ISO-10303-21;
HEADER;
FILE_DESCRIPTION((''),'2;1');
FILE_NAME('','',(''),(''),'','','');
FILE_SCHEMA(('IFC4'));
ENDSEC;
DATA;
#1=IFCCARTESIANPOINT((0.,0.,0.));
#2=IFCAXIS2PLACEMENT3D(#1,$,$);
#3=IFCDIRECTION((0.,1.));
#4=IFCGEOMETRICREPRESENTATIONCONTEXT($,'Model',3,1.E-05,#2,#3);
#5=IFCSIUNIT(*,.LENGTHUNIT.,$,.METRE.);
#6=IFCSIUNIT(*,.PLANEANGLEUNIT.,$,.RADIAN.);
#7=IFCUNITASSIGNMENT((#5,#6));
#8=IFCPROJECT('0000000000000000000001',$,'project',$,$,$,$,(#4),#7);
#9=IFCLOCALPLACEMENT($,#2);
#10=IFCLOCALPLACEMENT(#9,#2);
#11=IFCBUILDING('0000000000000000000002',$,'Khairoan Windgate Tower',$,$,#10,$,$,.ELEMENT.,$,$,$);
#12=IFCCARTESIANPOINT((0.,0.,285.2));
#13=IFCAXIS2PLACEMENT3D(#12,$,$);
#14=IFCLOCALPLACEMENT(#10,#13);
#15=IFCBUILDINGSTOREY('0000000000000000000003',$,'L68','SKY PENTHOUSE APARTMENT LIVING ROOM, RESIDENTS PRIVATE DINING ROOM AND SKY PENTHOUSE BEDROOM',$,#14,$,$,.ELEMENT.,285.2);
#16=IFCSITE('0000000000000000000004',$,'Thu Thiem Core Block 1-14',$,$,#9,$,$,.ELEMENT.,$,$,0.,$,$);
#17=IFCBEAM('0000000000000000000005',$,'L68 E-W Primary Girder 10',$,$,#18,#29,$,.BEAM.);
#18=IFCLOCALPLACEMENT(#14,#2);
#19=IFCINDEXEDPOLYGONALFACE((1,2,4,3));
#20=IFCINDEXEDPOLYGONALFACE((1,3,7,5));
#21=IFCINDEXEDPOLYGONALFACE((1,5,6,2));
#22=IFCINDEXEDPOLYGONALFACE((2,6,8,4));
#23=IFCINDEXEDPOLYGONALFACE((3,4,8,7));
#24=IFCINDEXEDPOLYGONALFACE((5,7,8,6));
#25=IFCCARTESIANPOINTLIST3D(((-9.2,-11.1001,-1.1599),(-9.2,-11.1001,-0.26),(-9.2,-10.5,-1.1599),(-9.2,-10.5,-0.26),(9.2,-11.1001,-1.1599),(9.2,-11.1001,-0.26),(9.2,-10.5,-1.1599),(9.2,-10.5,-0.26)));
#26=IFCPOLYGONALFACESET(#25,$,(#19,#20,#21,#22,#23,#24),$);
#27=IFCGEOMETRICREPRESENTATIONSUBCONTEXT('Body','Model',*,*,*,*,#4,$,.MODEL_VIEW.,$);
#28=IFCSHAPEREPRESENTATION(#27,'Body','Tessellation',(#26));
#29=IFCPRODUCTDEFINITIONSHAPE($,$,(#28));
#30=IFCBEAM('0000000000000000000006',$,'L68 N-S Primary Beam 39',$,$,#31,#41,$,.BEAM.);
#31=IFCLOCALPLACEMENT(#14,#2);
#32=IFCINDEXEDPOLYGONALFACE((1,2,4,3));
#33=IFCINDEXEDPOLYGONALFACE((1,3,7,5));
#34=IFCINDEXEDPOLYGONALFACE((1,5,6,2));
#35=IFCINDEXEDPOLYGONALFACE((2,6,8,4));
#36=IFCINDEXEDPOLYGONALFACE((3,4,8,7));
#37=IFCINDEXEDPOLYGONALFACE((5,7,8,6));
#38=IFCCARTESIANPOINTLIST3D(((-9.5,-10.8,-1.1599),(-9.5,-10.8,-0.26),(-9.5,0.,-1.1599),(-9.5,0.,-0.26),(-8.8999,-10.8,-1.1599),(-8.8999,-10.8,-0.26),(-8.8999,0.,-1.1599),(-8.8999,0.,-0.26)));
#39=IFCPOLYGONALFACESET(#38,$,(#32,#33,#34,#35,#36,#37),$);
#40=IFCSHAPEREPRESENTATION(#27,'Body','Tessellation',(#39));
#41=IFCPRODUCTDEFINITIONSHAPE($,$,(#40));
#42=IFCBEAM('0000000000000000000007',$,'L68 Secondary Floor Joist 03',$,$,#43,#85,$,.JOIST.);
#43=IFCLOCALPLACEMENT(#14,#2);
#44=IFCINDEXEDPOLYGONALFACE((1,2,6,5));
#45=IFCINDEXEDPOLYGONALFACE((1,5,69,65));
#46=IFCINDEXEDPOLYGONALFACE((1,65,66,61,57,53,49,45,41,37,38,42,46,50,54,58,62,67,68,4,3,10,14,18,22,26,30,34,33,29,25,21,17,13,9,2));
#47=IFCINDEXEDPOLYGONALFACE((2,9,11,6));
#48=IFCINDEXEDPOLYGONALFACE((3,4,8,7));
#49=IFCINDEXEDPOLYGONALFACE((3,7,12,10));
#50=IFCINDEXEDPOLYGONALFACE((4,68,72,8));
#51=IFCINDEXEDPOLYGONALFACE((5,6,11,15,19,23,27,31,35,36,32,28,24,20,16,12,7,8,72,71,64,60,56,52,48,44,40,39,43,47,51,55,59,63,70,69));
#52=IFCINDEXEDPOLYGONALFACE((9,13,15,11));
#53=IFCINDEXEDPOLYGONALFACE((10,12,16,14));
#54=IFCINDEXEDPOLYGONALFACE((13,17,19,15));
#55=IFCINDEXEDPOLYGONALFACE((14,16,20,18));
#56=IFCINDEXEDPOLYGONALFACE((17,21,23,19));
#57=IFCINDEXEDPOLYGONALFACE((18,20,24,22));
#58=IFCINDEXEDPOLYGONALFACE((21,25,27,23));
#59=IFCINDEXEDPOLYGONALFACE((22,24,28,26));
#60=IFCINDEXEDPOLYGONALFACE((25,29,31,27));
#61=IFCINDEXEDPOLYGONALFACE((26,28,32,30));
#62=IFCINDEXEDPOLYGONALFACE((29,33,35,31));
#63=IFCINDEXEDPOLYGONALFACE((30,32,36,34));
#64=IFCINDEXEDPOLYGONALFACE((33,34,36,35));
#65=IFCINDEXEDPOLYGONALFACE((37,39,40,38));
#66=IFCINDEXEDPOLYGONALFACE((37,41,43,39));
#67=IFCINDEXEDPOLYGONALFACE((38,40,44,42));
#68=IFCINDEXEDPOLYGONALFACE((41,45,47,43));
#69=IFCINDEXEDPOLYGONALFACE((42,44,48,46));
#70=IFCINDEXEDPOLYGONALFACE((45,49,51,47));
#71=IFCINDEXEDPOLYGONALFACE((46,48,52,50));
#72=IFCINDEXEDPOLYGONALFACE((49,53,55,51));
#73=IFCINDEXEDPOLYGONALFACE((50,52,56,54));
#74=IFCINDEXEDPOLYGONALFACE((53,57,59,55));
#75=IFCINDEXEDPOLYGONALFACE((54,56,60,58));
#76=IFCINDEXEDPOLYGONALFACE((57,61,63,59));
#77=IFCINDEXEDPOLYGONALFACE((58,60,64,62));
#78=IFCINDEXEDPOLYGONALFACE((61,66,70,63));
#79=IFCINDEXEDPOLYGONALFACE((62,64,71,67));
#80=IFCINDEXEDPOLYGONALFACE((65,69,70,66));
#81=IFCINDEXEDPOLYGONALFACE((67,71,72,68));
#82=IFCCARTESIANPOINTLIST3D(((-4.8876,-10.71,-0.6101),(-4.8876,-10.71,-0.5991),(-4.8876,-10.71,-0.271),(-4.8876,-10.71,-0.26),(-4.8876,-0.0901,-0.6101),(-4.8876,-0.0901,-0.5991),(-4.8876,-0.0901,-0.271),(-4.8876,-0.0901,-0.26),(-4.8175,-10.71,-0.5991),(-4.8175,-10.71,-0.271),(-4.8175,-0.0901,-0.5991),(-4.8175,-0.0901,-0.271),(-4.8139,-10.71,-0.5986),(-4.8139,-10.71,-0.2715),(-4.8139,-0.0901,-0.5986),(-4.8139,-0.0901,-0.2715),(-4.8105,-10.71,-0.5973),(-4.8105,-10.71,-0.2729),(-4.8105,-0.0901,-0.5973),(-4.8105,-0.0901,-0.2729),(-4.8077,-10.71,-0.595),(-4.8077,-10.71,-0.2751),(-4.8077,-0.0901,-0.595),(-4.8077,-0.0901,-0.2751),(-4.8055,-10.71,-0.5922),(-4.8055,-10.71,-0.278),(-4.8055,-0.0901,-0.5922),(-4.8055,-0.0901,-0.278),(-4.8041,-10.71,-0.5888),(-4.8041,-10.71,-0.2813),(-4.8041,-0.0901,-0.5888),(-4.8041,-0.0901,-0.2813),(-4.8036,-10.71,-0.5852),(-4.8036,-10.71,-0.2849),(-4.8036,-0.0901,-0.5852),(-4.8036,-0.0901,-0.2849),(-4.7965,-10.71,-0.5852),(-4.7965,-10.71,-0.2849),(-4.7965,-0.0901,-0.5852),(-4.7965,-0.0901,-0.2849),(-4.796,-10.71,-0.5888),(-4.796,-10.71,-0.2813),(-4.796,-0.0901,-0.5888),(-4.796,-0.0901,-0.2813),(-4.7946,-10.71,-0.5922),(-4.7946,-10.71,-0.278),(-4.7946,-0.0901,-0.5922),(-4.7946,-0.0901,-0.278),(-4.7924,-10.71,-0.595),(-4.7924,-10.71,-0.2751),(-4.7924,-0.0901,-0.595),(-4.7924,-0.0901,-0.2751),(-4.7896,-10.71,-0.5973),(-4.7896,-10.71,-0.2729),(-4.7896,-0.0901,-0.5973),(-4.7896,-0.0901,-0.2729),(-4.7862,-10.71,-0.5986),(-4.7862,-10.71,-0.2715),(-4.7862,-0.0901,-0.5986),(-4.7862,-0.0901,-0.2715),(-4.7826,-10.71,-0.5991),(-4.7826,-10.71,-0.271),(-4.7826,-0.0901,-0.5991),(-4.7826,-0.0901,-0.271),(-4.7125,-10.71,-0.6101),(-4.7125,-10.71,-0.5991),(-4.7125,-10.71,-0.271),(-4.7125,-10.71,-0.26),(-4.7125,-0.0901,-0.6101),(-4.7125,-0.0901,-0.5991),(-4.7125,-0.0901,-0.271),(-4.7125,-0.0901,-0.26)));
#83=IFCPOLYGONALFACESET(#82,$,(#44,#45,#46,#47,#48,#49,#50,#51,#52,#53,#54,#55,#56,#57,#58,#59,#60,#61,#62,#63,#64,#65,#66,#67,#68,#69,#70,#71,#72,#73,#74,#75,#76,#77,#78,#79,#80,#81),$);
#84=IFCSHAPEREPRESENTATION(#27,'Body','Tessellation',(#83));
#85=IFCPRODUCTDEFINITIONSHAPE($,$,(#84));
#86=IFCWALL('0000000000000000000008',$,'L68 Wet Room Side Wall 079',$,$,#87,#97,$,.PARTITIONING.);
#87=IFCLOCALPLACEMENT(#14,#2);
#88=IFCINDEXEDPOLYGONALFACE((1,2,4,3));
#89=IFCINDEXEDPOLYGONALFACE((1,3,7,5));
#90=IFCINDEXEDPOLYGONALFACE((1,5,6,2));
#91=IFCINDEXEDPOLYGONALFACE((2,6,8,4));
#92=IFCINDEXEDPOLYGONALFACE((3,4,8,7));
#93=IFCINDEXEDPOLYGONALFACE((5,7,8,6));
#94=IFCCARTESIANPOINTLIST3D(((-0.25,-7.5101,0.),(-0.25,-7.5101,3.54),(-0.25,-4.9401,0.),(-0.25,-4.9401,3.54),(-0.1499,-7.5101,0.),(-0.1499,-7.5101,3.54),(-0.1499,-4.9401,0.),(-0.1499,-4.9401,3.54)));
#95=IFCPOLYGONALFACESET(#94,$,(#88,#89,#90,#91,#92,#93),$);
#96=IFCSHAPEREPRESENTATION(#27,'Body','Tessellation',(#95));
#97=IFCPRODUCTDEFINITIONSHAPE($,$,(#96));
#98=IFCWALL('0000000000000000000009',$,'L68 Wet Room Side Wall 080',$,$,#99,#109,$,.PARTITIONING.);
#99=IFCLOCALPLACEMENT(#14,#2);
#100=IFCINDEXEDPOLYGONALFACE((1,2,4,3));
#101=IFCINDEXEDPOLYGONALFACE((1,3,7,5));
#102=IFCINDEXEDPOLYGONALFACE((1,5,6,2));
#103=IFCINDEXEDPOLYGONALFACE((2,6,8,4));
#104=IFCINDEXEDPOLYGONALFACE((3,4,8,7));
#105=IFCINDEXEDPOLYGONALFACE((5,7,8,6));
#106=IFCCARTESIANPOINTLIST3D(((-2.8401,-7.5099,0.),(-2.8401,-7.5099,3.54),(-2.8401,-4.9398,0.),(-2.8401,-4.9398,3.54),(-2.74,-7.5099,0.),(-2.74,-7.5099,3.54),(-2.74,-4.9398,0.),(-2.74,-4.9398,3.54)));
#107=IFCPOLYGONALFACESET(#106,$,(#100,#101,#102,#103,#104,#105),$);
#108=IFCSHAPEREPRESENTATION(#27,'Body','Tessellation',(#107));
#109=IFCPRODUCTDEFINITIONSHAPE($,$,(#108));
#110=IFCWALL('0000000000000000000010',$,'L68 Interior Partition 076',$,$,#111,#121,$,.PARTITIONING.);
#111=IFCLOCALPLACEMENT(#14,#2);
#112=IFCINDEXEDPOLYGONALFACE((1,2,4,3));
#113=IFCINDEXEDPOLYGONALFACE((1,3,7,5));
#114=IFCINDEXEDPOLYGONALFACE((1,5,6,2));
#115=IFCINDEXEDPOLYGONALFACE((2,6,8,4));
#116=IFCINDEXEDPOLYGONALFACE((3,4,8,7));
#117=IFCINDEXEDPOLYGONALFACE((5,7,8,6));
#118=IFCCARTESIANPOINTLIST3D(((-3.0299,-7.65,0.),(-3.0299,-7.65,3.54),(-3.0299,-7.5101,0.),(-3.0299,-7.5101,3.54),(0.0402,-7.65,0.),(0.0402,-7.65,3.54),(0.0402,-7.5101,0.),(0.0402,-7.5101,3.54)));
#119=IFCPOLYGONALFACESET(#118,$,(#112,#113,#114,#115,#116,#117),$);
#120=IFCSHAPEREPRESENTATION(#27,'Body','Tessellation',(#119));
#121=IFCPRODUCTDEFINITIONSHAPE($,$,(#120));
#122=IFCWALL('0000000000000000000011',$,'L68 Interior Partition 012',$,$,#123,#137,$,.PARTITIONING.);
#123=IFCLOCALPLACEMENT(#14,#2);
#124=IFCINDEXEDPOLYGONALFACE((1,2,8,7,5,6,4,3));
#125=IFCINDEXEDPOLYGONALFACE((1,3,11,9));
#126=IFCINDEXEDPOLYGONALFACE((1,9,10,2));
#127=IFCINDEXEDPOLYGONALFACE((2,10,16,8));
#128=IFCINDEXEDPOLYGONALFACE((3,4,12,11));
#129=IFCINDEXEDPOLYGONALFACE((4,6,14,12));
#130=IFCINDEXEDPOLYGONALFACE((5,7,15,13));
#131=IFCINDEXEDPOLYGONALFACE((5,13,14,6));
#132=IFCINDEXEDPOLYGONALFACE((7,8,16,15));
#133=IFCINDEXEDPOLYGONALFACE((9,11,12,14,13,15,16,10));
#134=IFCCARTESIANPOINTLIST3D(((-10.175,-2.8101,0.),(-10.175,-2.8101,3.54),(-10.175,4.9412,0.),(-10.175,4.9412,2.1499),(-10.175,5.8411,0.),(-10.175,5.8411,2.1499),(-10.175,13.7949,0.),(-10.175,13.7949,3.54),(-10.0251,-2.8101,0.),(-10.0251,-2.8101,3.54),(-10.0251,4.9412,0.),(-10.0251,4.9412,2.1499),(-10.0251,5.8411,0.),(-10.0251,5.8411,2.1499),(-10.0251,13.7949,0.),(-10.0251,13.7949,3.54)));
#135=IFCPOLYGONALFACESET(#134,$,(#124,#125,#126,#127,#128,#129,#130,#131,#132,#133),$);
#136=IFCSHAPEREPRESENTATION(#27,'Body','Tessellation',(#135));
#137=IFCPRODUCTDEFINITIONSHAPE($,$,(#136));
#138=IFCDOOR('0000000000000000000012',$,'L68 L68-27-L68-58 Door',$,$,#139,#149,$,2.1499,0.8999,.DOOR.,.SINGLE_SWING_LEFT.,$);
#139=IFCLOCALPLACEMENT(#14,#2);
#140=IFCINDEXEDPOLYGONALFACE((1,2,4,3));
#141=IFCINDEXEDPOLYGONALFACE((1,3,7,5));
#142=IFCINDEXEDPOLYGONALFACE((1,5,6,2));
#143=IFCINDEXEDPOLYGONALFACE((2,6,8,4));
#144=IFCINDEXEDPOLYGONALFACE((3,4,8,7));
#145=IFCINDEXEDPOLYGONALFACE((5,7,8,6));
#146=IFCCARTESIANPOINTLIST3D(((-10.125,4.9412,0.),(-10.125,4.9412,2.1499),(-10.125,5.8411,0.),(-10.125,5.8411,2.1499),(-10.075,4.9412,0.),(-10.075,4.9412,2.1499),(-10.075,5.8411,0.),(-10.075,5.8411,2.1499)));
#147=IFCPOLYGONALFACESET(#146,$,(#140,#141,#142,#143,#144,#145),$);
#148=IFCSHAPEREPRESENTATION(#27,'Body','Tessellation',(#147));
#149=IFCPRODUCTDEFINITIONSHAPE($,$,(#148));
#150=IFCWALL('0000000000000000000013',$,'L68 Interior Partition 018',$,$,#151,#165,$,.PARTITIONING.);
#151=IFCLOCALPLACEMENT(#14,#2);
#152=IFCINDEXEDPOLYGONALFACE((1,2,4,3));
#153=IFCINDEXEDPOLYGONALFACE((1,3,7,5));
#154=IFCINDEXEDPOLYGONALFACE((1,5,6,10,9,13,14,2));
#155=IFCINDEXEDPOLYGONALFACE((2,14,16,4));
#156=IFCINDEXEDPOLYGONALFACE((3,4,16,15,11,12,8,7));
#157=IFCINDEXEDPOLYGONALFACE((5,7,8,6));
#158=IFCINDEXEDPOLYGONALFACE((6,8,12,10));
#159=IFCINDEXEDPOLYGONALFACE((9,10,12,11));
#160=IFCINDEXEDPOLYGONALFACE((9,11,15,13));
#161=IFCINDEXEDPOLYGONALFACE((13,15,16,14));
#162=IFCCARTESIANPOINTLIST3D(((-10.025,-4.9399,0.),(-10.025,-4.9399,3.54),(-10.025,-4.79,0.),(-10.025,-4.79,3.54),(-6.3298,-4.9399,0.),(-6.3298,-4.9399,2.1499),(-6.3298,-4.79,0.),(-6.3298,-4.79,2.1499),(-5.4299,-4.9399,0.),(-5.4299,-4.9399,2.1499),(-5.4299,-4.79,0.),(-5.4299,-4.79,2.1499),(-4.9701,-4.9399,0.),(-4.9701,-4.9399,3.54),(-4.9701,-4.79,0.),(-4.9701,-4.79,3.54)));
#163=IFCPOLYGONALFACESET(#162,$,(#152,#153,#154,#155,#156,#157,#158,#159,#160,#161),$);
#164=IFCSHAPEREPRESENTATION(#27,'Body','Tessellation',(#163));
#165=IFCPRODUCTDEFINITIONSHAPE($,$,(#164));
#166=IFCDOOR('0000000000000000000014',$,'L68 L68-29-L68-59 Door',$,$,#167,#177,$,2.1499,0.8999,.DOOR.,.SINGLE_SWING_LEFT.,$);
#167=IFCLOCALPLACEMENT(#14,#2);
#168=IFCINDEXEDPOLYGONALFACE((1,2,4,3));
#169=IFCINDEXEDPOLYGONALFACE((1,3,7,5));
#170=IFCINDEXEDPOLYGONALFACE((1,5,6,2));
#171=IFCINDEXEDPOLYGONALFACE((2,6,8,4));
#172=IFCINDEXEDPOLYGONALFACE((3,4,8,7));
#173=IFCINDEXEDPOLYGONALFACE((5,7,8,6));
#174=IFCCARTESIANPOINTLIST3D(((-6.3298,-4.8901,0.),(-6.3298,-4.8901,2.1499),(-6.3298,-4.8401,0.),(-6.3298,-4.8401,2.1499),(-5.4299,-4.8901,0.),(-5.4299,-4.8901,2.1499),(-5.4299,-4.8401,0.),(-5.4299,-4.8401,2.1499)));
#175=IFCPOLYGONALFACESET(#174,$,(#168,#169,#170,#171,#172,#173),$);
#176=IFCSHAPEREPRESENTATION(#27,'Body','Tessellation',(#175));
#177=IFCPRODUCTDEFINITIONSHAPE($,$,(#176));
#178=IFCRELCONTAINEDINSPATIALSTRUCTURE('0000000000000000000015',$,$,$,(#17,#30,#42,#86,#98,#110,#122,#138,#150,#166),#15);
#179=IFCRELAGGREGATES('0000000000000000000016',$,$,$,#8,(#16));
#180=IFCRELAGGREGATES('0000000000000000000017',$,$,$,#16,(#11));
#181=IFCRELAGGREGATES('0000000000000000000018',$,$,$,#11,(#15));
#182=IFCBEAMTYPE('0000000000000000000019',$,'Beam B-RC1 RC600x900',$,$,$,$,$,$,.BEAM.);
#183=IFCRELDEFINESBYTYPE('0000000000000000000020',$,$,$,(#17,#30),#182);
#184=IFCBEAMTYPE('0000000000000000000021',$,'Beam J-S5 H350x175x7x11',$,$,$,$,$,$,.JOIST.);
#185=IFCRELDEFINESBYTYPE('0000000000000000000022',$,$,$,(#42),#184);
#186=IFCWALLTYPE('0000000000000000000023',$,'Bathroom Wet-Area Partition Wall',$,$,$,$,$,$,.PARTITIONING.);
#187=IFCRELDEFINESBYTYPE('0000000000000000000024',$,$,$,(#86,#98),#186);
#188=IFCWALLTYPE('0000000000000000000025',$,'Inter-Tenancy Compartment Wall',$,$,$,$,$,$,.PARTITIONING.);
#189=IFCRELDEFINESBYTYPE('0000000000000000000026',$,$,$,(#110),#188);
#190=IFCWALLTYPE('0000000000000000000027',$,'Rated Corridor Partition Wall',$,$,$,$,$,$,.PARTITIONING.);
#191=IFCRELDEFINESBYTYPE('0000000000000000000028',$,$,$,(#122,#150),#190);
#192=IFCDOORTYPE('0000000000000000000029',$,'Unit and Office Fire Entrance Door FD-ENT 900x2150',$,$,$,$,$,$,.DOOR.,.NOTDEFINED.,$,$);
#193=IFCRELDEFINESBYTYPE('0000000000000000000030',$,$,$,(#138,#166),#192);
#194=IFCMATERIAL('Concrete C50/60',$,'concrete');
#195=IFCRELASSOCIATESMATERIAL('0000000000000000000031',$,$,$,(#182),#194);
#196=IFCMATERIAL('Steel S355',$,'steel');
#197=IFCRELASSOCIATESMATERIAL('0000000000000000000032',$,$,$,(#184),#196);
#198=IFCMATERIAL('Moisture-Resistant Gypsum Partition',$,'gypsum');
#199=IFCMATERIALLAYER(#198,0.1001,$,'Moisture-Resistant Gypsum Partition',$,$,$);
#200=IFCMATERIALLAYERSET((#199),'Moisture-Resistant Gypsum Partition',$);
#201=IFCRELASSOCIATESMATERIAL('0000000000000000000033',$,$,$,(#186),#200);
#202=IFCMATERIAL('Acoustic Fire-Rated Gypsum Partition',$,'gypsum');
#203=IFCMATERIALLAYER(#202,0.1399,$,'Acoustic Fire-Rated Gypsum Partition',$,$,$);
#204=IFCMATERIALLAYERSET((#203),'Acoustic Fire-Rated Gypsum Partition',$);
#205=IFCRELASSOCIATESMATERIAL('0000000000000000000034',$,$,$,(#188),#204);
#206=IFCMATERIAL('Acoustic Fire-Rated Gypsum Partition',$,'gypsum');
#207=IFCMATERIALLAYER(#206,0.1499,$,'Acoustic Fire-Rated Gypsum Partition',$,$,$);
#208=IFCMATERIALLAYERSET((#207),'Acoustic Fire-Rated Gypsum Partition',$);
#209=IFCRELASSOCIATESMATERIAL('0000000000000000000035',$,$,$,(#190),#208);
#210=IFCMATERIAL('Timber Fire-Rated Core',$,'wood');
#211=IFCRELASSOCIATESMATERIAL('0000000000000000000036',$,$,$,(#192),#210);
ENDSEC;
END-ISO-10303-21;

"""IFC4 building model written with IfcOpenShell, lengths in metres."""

from ifc_helpers import new_model, si_unit, direction, frame, frame_2d, origin, origin_2d, place, context, subcontext, project, spatial, rectangle, i_section, extrude, material, layer, layer_set, material_profile, profile_set, type_object, element, fill, save


model = new_model("IFC4")

# Units and contexts
model_context = context("Model", 3, precision=1e-05, world=origin(), true_north=direction((0.0, 1.0)))
body_context = subcontext(model_context, "Body", "Model", "MODEL_VIEW")
ifc_project = project(units=[si_unit("LENGTHUNIT", "METRE"), si_unit("PLANEANGLEUNIT", "RADIAN")], contexts=[model_context])

# Site, building, storey
site_placement = place(None, origin())
site = spatial("IfcSite", under=ifc_project, at=site_placement, Name="Thu Thiem Core Block 1-14", CompositionType="ELEMENT", RefElevation=0.0)
building_placement = place(site_placement, origin())
building = spatial("IfcBuilding", under=site, at=building_placement, Name="Khairoan Windgate Tower", CompositionType="ELEMENT")
storey_placement = place(building_placement, frame((0.0, 0.0, 285.2)))
storey = spatial("IfcBuildingStorey", under=building, at=storey_placement, Name="L68", Description="SKY PENTHOUSE APARTMENT LIVING ROOM, RESIDENTS PRIVATE DINING ROOM AND SKY PENTHOUSE BEDROOM", CompositionType="ELEMENT", Elevation=285.2)

# Beams
ifc_material_1 = material(Name="Concrete C50/60", Category="concrete")
ifc_material_profile_1 = material_profile(ifc_material_1, rectangle(XDim=0.6001, YDim=0.8999, at=origin_2d()))
ifc_profile_set_1 = profile_set([ifc_material_profile_1], Name="Concrete C50/60")
beam_type_1 = type_object("IfcBeamType", Name="Beam B-RC1 RC600x900", PredefinedType="BEAM", material=ifc_profile_set_1)
beam_1_placement = place(storey_placement, frame((-9.2, -10.8, -0.71), z_axis=(1.0, 0.0, 0.0), x_axis=(0.0, 1.0, 0.0)))
element("IfcBeam", 1, at=beam_1_placement, inside=storey, type_object=beam_type_1, Name="L68 E-W Primary Girder 10", PredefinedType="BEAM", context=body_context, shape_type="SweptSolid", body=[
    extrude(rectangle(XDim=0.6001, YDim=0.8999, at=origin_2d()), origin(), (0.0, 0.0, 1.0), 18.3999),
])
beam_2_placement = place(storey_placement, frame((-9.2, -10.8, -0.71), z_axis=(0.0, 1.0, 0.0), x_axis=(-1.0, 0.0, 0.0)))
element("IfcBeam", 2, at=beam_2_placement, inside=storey, type_object=beam_type_1, Name="L68 N-S Primary Beam 39", PredefinedType="BEAM", context=body_context, shape_type="SweptSolid", body=[
    extrude(rectangle(XDim=0.6001, YDim=0.8999, at=origin_2d()), origin(), (0.0, 0.0, 1.0), 10.8),
])
ifc_material_2 = material(Name="Steel S355", Category="steel")
ifc_material_profile_2 = material_profile(ifc_material_2, i_section(OverallWidth=0.175, OverallDepth=0.3501, WebThickness=0.0071, FlangeThickness=0.011, FilletRadius=0.0139, at=origin_2d()))
ifc_profile_set_2 = profile_set([ifc_material_profile_2], Name="Steel S355")
beam_type_2 = type_object("IfcBeamType", Name="Beam J-S5 H350x175x7x11", PredefinedType="JOIST", material=ifc_profile_set_2)
beam_3_placement = place(storey_placement, frame((-4.8, -10.71, -0.4351), z_axis=(0.0, 1.0, 0.0), x_axis=(-1.0, 0.0, 0.0)))
element("IfcBeam", 3, at=beam_3_placement, inside=storey, type_object=beam_type_2, Name="L68 Secondary Floor Joist 03", PredefinedType="JOIST", context=body_context, shape_type="SweptSolid", body=[
    extrude(i_section(OverallWidth=0.175, OverallDepth=0.3501, WebThickness=0.0071, FlangeThickness=0.011, FilletRadius=0.0139, at=origin_2d()), origin(), (0.0, 0.0, 1.0), 10.6199),
])

# Walls
ifc_material_3 = material(Name="Moisture-Resistant Gypsum Partition", Category="gypsum")
ifc_layer_1 = layer(ifc_material_3, 0.1001, Name="Moisture-Resistant Gypsum Partition")
ifc_layer_set_1 = layer_set([ifc_layer_1], Name="Moisture-Resistant Gypsum Partition")
wall_type_1 = type_object("IfcWallType", Name="Bathroom Wet-Area Partition Wall", PredefinedType="PARTITIONING", material=ifc_layer_set_1)
for number, where, z_axis, x_axis, name in (
    (4, (-0.2, -4.9399, 0.0), (0.0, 0.0, 1.0), (0.0, -1.0, 0.0), "L68 Wet Room Side Wall 079"),
    (5, (-2.79, -7.51, 0.0), (0.0, 0.0, 1.0), (0.0, 1.0, 0.0), "L68 Wet Room Side Wall 080"),
):
    element("IfcWall", number, at=place(storey_placement, frame(where, z_axis=z_axis, x_axis=x_axis)), inside=storey, type_object=wall_type_1, Name=name, PredefinedType="PARTITIONING", context=body_context, shape_type="SweptSolid", body=[
        extrude(rectangle(XDim=2.5701, YDim=0.1001, at=frame_2d((1.2852, 0.0))), origin(), (0.0, 0.0, 1.0), 3.54),
    ])
ifc_material_4 = material(Name="Acoustic Fire-Rated Gypsum Partition", Category="gypsum")
ifc_layer_2 = layer(ifc_material_4, 0.1399, Name="Acoustic Fire-Rated Gypsum Partition")
ifc_layer_set_2 = layer_set([ifc_layer_2], Name="Acoustic Fire-Rated Gypsum Partition")
wall_type_2 = type_object("IfcWallType", Name="Inter-Tenancy Compartment Wall", PredefinedType="PARTITIONING", material=ifc_layer_set_2)
wall_1_placement = place(storey_placement, frame((-3.03, -7.5801, 0.0), z_axis=(0.0, 0.0, 1.0), x_axis=(1.0, 0.0, 0.0)))
element("IfcWall", 6, at=wall_1_placement, inside=storey, type_object=wall_type_2, Name="L68 Interior Partition 076", PredefinedType="PARTITIONING", context=body_context, shape_type="SweptSolid", body=[
    extrude(rectangle(XDim=3.0701, YDim=0.1399, at=frame_2d((1.5352, 0.0))), origin(), (0.0, 0.0, 1.0), 3.54),
])

# Walls, openings, doors
ifc_material_5 = material(Name="Acoustic Fire-Rated Gypsum Partition", Category="gypsum")
ifc_layer_3 = layer(ifc_material_5, 0.1499, Name="Acoustic Fire-Rated Gypsum Partition")
ifc_layer_set_3 = layer_set([ifc_layer_3], Name="Acoustic Fire-Rated Gypsum Partition")
wall_type_3 = type_object("IfcWallType", Name="Rated Corridor Partition Wall", PredefinedType="PARTITIONING", material=ifc_layer_set_3)
wall_2_placement = place(storey_placement, frame((-10.1001, -2.8101, 0.0), z_axis=(0.0, 0.0, 1.0), x_axis=(0.0, 1.0, 0.0)))
wall_2 = element("IfcWall", 7, at=wall_2_placement, inside=storey, type_object=wall_type_3, Name="L68 Interior Partition 012", PredefinedType="PARTITIONING", context=body_context, shape_type="SweptSolid", body=[
    extrude(rectangle(XDim=16.605, YDim=0.1499, at=frame_2d((8.3025, 0.0))), origin(), (0.0, 0.0, 1.0), 3.54),
])
opening_1_placement = place(wall_2_placement, frame((7.7512, 0.0, 0.0)))
opening_1 = element("IfcOpeningElement", 8, at=opening_1_placement, cuts=wall_2, PredefinedType="OPENING", context=body_context, shape_type="SweptSolid", body=[
    extrude(rectangle(XDim=0.8999, YDim=2.1499, at=frame_2d((0.45, 1.075))), frame((0.0, 0.085, 0.0), z_axis=(0.0, -1.0, 0.0), x_axis=(1.0, 0.0, 0.0)), (0.0, 0.0, 1.0), 0.1699),
])
ifc_material_6 = material(Name="Timber Fire-Rated Core", Category="wood")
door_type = type_object("IfcDoorType", Name="Unit and Office Fire Entrance Door FD-ENT 900x2150", OperationType="NOTDEFINED", PredefinedType="DOOR", material=ifc_material_6)
door_1_placement = place(opening_1_placement, origin())
door_1 = element("IfcDoor", 9, at=door_1_placement, inside=storey, type_object=door_type, Name="L68 L68-27-L68-58 Door", OperationType="SINGLE_SWING_LEFT", OverallHeight=2.1499, OverallWidth=0.8999, PredefinedType="DOOR", context=body_context, shape_type="SweptSolid", body=[
    extrude(rectangle(XDim=0.8999, YDim=2.1499, at=frame_2d((0.45, 1.075))), frame((0.0, 0.0249, 0.0), z_axis=(0.0, -1.0, 0.0), x_axis=(1.0, 0.0, 0.0)), (0.0, 0.0, 1.0), 0.05),
])
fill(opening_1, door_1)
wall_3_placement = place(storey_placement, frame((-10.0249, -4.865, 0.0), z_axis=(0.0, 0.0, 1.0), x_axis=(1.0, 0.0, 0.0)))
wall_3 = element("IfcWall", 10, at=wall_3_placement, inside=storey, type_object=wall_type_3, Name="L68 Interior Partition 018", PredefinedType="PARTITIONING", context=body_context, shape_type="SweptSolid", body=[
    extrude(rectangle(XDim=5.0549, YDim=0.1499, at=frame_2d((2.5273, 0.0))), origin(), (0.0, 0.0, 1.0), 3.54),
])
opening_2_placement = place(wall_3_placement, frame((3.6951, 0.0, 0.0)))
opening_2 = element("IfcOpeningElement", 11, at=opening_2_placement, cuts=wall_3, PredefinedType="OPENING", context=body_context, shape_type="SweptSolid", body=[
    extrude(rectangle(XDim=0.8999, YDim=2.1499, at=frame_2d((0.45, 1.075))), frame((0.0, 0.085, 0.0), z_axis=(0.0, -1.0, 0.0), x_axis=(1.0, 0.0, 0.0)), (0.0, 0.0, 1.0), 0.1699),
])
door_2_placement = place(opening_2_placement, origin())
door_2 = element("IfcDoor", 12, at=door_2_placement, inside=storey, type_object=door_type, Name="L68 L68-29-L68-59 Door", OperationType="SINGLE_SWING_LEFT", OverallHeight=2.1499, OverallWidth=0.8999, PredefinedType="DOOR", context=body_context, shape_type="SweptSolid", body=[
    extrude(rectangle(XDim=0.8999, YDim=2.1499, at=frame_2d((0.45, 1.075))), frame((0.0, 0.0249, 0.0), z_axis=(0.0, -1.0, 0.0), x_axis=(1.0, 0.0, 0.0)), (0.0, 0.0, 1.0), 0.05),
])
fill(opening_2, door_2)

save(model, "model.ifc")
